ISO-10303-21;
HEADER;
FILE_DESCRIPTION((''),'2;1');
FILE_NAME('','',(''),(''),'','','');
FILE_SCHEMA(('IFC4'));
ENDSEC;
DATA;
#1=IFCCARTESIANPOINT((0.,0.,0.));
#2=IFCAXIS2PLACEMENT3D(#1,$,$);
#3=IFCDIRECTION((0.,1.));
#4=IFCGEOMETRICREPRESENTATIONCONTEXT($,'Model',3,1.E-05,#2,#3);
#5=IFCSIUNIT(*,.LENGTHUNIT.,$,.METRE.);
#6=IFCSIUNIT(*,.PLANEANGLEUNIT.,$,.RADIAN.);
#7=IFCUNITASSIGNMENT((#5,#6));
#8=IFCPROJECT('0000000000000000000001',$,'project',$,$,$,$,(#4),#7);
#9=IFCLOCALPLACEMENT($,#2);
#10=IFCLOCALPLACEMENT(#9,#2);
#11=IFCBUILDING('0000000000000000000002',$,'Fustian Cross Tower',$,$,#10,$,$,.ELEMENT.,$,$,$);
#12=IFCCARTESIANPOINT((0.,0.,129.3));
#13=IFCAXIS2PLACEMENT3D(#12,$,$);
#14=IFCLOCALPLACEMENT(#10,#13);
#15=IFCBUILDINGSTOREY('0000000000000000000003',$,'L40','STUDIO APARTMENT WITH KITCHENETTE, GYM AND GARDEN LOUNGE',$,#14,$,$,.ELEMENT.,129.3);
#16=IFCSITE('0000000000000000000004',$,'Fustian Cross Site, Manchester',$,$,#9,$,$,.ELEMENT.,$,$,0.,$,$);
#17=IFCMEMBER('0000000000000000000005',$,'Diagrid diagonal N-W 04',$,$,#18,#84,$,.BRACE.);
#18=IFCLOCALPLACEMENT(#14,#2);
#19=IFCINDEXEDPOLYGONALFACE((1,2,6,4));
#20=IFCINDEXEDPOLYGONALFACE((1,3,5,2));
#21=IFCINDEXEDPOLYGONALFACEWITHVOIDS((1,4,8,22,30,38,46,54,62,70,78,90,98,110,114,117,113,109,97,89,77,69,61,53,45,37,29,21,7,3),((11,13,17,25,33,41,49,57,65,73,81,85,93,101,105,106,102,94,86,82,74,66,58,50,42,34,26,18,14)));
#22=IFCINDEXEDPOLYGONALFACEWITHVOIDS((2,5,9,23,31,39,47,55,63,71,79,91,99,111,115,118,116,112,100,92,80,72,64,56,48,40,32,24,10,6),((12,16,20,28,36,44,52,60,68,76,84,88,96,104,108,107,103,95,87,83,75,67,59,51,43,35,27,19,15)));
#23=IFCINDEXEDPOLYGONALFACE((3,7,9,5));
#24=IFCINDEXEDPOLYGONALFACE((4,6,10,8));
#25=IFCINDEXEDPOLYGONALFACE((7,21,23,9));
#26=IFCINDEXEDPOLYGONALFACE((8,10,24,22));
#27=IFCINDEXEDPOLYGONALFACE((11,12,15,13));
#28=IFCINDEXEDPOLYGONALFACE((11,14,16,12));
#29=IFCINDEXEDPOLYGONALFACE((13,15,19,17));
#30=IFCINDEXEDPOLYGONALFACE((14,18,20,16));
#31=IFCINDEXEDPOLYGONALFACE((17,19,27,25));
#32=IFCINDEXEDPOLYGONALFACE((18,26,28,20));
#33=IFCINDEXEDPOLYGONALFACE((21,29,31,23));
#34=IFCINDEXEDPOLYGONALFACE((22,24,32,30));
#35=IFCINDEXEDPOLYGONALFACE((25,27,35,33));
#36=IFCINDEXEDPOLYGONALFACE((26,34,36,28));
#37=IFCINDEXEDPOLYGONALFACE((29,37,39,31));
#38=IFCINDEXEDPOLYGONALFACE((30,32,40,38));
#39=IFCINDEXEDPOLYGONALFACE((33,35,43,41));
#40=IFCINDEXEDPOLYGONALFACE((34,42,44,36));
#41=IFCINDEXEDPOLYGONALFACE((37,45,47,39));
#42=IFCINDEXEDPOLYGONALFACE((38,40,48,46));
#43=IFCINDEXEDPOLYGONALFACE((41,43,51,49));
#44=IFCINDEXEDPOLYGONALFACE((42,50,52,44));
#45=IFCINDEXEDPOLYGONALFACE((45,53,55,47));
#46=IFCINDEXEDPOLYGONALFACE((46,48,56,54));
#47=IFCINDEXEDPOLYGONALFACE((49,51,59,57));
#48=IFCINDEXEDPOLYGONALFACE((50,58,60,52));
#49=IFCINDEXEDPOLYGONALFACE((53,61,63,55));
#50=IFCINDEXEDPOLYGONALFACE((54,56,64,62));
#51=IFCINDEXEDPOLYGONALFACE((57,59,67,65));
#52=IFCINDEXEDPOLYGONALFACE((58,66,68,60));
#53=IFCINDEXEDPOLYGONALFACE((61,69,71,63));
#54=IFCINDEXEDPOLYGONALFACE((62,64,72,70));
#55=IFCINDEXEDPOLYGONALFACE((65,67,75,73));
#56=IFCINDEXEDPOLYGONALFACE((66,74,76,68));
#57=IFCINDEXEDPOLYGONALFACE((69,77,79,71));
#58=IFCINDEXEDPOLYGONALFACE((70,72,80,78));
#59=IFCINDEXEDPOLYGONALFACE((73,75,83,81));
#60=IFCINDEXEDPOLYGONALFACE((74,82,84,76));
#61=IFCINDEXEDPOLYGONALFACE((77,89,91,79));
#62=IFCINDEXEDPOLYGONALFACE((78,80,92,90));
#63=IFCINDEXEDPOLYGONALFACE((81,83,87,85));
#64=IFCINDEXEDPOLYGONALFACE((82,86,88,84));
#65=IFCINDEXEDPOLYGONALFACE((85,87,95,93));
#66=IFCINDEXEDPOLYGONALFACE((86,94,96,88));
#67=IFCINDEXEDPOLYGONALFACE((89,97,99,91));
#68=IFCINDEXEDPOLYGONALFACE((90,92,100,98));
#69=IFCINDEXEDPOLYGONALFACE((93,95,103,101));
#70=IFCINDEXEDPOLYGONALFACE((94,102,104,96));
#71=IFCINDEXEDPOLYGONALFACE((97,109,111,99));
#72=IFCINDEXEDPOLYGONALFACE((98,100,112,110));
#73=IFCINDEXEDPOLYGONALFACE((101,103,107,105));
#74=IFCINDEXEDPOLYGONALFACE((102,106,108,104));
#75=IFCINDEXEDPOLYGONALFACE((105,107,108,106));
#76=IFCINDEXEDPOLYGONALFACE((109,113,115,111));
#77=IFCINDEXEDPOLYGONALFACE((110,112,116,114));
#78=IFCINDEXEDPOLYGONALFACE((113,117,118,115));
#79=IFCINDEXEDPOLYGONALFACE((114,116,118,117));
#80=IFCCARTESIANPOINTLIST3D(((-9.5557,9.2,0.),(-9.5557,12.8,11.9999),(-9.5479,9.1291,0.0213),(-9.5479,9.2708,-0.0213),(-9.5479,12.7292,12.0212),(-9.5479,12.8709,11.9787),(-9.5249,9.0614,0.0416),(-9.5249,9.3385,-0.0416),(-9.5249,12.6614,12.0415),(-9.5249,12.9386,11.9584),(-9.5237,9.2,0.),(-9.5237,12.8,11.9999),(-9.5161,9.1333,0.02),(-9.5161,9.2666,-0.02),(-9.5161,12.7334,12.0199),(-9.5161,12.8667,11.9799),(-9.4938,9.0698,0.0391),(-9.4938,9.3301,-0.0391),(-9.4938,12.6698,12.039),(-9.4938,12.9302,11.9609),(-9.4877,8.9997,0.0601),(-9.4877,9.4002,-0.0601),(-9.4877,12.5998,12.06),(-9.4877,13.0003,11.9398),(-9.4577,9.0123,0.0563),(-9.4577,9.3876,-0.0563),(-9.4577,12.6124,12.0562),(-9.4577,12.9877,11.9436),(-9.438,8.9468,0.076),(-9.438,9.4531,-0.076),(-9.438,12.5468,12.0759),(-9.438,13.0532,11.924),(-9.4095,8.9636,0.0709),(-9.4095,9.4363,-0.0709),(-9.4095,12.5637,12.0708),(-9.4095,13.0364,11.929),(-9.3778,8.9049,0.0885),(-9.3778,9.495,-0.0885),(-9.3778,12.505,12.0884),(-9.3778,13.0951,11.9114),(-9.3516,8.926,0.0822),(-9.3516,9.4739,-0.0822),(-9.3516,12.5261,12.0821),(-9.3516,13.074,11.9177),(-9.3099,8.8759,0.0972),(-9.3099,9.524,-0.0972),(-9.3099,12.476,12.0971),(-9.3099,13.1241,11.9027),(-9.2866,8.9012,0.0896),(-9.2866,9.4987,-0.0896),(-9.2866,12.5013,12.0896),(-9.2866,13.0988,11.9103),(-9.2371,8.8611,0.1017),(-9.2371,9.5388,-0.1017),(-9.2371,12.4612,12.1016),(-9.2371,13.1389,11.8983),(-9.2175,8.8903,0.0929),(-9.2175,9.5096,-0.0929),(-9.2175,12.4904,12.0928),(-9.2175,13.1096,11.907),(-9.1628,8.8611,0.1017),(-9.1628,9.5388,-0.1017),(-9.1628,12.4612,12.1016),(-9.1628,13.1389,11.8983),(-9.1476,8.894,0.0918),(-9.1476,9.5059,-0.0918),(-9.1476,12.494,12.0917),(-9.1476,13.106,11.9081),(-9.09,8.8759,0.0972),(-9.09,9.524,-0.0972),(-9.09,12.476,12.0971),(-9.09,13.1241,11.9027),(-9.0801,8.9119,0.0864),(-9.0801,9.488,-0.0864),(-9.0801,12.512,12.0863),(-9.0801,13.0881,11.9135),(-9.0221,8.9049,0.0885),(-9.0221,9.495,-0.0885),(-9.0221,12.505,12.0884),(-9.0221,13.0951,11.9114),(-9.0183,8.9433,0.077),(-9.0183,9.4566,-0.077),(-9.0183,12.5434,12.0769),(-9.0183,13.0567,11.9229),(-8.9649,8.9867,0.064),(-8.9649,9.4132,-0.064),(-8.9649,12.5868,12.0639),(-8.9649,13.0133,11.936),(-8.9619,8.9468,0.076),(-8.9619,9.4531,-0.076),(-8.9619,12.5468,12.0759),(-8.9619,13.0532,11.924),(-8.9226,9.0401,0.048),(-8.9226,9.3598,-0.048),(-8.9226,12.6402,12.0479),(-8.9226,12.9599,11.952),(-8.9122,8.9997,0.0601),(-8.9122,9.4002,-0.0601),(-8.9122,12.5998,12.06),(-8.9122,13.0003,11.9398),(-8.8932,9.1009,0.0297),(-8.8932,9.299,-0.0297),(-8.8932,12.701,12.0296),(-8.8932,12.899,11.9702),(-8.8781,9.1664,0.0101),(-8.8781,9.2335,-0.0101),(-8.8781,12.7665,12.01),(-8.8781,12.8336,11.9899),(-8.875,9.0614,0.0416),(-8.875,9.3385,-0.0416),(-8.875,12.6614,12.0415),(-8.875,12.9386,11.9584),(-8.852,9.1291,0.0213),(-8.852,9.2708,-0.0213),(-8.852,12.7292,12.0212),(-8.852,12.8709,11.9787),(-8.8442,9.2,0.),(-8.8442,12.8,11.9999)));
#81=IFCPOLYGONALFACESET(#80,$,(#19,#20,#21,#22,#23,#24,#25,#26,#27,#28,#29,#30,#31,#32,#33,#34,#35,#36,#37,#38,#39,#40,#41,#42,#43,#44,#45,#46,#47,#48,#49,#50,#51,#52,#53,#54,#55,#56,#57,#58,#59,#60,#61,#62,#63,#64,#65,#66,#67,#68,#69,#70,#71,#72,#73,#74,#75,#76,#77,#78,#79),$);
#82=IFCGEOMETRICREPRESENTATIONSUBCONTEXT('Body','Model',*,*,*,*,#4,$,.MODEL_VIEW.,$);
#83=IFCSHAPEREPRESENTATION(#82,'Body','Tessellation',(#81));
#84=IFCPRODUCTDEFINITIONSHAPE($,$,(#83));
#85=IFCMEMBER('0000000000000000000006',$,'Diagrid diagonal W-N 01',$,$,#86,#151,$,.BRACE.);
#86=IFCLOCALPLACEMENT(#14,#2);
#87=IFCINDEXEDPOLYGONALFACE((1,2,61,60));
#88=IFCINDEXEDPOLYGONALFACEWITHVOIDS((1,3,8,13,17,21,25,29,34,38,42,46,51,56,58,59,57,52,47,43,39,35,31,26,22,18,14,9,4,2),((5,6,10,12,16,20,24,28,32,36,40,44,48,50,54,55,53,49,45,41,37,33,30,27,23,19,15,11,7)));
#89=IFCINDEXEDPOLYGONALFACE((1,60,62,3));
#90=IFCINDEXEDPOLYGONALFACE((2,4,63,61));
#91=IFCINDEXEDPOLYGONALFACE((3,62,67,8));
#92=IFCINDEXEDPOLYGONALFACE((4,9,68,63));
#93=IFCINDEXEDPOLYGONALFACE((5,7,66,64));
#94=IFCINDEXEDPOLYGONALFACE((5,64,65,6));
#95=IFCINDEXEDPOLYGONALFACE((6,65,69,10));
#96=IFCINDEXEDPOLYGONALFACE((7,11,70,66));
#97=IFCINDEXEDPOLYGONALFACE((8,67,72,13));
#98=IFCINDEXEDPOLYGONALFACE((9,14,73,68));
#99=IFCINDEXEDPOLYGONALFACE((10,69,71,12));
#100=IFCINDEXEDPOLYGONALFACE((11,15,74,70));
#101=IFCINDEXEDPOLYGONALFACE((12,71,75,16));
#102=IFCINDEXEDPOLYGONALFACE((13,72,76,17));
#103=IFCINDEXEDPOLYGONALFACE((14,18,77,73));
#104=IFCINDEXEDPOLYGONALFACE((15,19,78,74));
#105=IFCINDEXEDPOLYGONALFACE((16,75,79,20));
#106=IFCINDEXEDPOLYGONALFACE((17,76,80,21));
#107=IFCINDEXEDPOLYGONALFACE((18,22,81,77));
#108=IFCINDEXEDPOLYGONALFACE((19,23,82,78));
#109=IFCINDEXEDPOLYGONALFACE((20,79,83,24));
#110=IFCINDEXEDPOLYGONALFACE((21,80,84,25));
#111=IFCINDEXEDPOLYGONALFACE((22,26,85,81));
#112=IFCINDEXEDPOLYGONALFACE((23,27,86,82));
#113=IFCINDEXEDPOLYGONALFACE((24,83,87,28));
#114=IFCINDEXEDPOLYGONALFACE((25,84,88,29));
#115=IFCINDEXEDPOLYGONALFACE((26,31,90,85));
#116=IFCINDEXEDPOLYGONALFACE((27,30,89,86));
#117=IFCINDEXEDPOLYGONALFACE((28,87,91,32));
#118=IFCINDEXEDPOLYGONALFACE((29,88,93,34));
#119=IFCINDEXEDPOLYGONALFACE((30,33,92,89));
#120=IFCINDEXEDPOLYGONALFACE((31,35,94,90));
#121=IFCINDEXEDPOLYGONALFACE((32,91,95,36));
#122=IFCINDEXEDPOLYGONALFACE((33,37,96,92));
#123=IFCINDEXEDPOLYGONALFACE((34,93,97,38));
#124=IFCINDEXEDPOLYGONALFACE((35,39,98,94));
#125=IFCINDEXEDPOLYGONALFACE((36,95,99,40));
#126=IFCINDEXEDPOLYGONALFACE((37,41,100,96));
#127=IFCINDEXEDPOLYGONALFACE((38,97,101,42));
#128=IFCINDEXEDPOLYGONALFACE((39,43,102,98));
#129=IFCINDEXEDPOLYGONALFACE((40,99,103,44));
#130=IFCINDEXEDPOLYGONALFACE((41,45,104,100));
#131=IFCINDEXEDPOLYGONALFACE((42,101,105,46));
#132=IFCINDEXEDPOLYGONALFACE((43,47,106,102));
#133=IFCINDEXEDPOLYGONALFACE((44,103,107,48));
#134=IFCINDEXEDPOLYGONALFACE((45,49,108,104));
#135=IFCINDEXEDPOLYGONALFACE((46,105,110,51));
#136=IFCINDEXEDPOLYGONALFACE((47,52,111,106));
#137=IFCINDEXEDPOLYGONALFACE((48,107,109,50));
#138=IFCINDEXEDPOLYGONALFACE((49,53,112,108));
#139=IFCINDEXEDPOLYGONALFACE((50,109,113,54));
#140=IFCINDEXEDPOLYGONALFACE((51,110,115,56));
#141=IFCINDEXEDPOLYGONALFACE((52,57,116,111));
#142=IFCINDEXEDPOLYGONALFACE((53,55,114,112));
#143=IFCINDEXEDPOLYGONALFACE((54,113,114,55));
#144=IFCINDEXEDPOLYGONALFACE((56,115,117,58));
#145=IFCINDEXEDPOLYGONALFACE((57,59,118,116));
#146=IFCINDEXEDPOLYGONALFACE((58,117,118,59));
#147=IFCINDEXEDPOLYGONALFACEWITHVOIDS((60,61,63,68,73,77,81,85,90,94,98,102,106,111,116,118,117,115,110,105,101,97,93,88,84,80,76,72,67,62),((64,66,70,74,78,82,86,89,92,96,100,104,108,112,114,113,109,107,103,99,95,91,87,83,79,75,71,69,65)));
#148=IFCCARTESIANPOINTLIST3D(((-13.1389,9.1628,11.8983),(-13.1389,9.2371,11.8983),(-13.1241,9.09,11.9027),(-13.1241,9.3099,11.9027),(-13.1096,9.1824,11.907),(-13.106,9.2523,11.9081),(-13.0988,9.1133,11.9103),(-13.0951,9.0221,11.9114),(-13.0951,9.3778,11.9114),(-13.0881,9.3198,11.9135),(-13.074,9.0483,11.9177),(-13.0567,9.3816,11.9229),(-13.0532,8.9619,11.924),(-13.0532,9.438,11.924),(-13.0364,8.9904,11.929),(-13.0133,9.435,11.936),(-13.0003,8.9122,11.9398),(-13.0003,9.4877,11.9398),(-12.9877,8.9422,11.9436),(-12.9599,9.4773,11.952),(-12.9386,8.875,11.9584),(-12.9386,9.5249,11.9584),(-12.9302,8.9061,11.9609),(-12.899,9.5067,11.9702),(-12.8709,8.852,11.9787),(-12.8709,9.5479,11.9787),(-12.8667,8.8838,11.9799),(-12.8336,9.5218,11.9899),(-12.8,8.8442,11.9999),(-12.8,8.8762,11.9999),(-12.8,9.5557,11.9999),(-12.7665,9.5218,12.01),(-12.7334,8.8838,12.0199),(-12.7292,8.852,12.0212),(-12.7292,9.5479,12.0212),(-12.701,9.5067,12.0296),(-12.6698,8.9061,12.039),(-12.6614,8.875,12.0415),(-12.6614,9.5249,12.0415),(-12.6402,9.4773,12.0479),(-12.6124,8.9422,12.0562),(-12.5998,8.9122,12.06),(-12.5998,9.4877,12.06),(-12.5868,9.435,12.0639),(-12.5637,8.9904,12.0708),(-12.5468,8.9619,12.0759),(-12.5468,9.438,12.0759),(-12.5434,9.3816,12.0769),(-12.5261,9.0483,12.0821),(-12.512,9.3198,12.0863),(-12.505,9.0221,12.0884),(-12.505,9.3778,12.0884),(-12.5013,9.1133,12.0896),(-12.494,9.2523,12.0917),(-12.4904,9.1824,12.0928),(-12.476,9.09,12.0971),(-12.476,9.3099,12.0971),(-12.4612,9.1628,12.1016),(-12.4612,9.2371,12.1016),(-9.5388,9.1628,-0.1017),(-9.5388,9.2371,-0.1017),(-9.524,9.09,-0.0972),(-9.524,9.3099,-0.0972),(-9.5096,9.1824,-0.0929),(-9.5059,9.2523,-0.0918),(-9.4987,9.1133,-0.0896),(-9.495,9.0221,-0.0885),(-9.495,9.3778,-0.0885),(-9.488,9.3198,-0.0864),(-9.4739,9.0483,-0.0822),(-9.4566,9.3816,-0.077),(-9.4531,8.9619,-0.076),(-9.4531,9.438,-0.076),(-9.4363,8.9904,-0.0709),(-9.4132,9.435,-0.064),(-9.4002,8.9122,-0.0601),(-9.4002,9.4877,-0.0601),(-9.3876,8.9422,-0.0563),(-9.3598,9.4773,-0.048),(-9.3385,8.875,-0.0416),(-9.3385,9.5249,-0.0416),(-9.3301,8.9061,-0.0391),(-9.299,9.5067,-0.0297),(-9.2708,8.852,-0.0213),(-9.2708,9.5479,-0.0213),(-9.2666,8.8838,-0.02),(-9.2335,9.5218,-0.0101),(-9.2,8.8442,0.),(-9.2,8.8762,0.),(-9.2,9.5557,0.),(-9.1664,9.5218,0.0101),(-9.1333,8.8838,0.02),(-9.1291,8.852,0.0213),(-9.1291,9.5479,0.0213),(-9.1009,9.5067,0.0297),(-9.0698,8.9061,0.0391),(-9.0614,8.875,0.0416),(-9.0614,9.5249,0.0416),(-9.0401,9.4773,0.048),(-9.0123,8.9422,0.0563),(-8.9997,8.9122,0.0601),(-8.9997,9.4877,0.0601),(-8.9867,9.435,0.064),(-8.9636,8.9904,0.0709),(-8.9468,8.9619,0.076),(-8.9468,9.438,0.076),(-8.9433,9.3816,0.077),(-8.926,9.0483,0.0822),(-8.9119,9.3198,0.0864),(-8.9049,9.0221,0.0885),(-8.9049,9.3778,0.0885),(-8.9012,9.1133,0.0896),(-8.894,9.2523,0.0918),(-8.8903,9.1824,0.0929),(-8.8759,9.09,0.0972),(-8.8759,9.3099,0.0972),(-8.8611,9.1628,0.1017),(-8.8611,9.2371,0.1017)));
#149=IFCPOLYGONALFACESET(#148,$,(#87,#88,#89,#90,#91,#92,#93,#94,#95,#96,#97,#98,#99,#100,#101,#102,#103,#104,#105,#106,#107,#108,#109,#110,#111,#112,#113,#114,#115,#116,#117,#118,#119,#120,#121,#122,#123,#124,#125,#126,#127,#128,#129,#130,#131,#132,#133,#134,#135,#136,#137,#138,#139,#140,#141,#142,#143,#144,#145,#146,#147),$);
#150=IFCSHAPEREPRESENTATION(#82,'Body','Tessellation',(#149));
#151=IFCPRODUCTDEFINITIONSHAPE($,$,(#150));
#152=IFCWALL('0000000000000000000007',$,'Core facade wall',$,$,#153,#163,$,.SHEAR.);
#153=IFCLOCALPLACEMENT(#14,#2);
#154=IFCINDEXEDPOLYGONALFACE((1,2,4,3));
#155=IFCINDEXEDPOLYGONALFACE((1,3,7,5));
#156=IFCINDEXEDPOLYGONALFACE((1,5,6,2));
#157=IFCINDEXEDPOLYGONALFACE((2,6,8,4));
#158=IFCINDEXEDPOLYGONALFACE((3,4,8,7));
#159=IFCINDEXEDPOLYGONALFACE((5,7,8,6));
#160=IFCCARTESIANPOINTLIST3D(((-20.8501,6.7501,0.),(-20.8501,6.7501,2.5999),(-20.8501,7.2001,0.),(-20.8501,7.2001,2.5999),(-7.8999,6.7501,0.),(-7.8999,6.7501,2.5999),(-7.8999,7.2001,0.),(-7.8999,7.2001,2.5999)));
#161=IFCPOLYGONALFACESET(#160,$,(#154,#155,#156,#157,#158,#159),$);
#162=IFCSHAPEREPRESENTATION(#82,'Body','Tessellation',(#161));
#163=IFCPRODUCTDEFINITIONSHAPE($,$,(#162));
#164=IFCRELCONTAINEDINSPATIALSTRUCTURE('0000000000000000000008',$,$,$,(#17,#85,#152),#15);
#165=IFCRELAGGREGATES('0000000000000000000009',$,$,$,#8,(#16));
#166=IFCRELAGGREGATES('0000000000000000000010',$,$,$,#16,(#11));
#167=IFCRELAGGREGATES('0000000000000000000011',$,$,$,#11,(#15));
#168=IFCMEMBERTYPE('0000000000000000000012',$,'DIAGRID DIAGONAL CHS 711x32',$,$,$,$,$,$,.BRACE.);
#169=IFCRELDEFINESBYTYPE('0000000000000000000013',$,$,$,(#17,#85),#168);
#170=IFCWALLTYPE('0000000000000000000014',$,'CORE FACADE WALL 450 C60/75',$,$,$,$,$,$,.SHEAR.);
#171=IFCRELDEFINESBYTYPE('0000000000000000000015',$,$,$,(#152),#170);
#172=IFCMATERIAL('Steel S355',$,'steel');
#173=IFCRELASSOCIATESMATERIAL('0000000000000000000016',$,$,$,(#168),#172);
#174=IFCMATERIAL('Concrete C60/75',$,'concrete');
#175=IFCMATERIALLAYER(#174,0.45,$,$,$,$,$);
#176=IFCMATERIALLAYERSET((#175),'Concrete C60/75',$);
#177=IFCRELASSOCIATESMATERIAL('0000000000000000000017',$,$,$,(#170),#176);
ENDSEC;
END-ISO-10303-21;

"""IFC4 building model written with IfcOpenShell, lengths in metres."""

from ifc_helpers import new_model, si_unit, direction, frame, frame_2d, origin, origin_2d, place, context, subcontext, project, spatial, rectangle, hollow_circle, extrude, material, layer, layer_set, material_profile, profile_set, type_object, element, save


model = new_model("IFC4")

# Units and contexts
model_context = context("Model", 3, precision=1e-05, world=origin(), true_north=direction((0.0, 1.0)))
body_context = subcontext(model_context, "Body", "Model", "MODEL_VIEW")
ifc_project = project(units=[si_unit("LENGTHUNIT", "METRE"), si_unit("PLANEANGLEUNIT", "RADIAN")], contexts=[model_context])

# Site, building, storey
site_placement = place(None, origin())
site = spatial("IfcSite", under=ifc_project, at=site_placement, Name="Fustian Cross Site, Manchester", CompositionType="ELEMENT", RefElevation=0.0)
building_placement = place(site_placement, origin())
building = spatial("IfcBuilding", under=site, at=building_placement, Name="Fustian Cross Tower", CompositionType="ELEMENT")
storey_placement = place(building_placement, frame((0.0, 0.0, 129.3)))
storey = spatial("IfcBuildingStorey", under=building, at=storey_placement, Name="L40", Description="STUDIO APARTMENT WITH KITCHENETTE, GYM AND GARDEN LOUNGE", CompositionType="ELEMENT", Elevation=129.3)

# Members
ifc_material_1 = material(Name="Steel S355", Category="steel")
ifc_material_profile = material_profile(ifc_material_1, hollow_circle(Radius=0.3557, WallThickness=0.032, at=origin_2d()), Name="CHS 711x32")
ifc_profile_set = profile_set([ifc_material_profile], Name="Steel S355")
member_type = type_object("IfcMemberType", Name="DIAGRID DIAGONAL CHS 711x32", PredefinedType="BRACE", material=ifc_profile_set)
for number, where, z_axis, x_axis, name in (
    (1, (-9.2, 9.2, 0.0), (0.0, 0.287355, 0.957824), (-1.0, 0.0, 0.0), "Diagrid diagonal N-W 04"),
    (2, (-9.2, 9.2, 0.0), (-0.287355, 0.0, 0.957824), (0.0, -1.0, 0.0), "Diagrid diagonal W-N 01"),
):
    element("IfcMember", number, at=place(storey_placement, frame(where, z_axis=z_axis, x_axis=x_axis)), inside=storey, type_object=member_type, Name=name, PredefinedType="BRACE", context=body_context, shape_type="SweptSolid", body=[
        extrude(hollow_circle(Radius=0.3557, WallThickness=0.032, at=origin_2d()), origin(), (0.0, 0.0, 1.0), 12.5283),
    ])

# Wall
ifc_material_2 = material(Name="Concrete C60/75", Category="concrete")
ifc_layer_1 = layer(ifc_material_2, 0.45)
ifc_layer_set_1 = layer_set([ifc_layer_1], Name="Concrete C60/75")
wall_type_1 = type_object("IfcWallType", Name="CORE FACADE WALL 450 C60/75", PredefinedType="SHEAR", material=ifc_layer_set_1)
wall_1_placement = place(storey_placement, frame((-7.8999, 6.9751, 0.0), z_axis=(0.0, 0.0, 1.0), x_axis=(-1.0, 0.0, 0.0)))
element("IfcWall", 3, at=wall_1_placement, inside=storey, type_object=wall_type_1, Name="Core facade wall", PredefinedType="SHEAR", context=body_context, shape_type="SweptSolid", body=[
    extrude(rectangle(XDim=12.9502, YDim=0.45, at=frame_2d((6.4751, 0.0))), origin(), (0.0, 0.0, 1.0), 2.5999),
])

save(model, "model.ifc")
